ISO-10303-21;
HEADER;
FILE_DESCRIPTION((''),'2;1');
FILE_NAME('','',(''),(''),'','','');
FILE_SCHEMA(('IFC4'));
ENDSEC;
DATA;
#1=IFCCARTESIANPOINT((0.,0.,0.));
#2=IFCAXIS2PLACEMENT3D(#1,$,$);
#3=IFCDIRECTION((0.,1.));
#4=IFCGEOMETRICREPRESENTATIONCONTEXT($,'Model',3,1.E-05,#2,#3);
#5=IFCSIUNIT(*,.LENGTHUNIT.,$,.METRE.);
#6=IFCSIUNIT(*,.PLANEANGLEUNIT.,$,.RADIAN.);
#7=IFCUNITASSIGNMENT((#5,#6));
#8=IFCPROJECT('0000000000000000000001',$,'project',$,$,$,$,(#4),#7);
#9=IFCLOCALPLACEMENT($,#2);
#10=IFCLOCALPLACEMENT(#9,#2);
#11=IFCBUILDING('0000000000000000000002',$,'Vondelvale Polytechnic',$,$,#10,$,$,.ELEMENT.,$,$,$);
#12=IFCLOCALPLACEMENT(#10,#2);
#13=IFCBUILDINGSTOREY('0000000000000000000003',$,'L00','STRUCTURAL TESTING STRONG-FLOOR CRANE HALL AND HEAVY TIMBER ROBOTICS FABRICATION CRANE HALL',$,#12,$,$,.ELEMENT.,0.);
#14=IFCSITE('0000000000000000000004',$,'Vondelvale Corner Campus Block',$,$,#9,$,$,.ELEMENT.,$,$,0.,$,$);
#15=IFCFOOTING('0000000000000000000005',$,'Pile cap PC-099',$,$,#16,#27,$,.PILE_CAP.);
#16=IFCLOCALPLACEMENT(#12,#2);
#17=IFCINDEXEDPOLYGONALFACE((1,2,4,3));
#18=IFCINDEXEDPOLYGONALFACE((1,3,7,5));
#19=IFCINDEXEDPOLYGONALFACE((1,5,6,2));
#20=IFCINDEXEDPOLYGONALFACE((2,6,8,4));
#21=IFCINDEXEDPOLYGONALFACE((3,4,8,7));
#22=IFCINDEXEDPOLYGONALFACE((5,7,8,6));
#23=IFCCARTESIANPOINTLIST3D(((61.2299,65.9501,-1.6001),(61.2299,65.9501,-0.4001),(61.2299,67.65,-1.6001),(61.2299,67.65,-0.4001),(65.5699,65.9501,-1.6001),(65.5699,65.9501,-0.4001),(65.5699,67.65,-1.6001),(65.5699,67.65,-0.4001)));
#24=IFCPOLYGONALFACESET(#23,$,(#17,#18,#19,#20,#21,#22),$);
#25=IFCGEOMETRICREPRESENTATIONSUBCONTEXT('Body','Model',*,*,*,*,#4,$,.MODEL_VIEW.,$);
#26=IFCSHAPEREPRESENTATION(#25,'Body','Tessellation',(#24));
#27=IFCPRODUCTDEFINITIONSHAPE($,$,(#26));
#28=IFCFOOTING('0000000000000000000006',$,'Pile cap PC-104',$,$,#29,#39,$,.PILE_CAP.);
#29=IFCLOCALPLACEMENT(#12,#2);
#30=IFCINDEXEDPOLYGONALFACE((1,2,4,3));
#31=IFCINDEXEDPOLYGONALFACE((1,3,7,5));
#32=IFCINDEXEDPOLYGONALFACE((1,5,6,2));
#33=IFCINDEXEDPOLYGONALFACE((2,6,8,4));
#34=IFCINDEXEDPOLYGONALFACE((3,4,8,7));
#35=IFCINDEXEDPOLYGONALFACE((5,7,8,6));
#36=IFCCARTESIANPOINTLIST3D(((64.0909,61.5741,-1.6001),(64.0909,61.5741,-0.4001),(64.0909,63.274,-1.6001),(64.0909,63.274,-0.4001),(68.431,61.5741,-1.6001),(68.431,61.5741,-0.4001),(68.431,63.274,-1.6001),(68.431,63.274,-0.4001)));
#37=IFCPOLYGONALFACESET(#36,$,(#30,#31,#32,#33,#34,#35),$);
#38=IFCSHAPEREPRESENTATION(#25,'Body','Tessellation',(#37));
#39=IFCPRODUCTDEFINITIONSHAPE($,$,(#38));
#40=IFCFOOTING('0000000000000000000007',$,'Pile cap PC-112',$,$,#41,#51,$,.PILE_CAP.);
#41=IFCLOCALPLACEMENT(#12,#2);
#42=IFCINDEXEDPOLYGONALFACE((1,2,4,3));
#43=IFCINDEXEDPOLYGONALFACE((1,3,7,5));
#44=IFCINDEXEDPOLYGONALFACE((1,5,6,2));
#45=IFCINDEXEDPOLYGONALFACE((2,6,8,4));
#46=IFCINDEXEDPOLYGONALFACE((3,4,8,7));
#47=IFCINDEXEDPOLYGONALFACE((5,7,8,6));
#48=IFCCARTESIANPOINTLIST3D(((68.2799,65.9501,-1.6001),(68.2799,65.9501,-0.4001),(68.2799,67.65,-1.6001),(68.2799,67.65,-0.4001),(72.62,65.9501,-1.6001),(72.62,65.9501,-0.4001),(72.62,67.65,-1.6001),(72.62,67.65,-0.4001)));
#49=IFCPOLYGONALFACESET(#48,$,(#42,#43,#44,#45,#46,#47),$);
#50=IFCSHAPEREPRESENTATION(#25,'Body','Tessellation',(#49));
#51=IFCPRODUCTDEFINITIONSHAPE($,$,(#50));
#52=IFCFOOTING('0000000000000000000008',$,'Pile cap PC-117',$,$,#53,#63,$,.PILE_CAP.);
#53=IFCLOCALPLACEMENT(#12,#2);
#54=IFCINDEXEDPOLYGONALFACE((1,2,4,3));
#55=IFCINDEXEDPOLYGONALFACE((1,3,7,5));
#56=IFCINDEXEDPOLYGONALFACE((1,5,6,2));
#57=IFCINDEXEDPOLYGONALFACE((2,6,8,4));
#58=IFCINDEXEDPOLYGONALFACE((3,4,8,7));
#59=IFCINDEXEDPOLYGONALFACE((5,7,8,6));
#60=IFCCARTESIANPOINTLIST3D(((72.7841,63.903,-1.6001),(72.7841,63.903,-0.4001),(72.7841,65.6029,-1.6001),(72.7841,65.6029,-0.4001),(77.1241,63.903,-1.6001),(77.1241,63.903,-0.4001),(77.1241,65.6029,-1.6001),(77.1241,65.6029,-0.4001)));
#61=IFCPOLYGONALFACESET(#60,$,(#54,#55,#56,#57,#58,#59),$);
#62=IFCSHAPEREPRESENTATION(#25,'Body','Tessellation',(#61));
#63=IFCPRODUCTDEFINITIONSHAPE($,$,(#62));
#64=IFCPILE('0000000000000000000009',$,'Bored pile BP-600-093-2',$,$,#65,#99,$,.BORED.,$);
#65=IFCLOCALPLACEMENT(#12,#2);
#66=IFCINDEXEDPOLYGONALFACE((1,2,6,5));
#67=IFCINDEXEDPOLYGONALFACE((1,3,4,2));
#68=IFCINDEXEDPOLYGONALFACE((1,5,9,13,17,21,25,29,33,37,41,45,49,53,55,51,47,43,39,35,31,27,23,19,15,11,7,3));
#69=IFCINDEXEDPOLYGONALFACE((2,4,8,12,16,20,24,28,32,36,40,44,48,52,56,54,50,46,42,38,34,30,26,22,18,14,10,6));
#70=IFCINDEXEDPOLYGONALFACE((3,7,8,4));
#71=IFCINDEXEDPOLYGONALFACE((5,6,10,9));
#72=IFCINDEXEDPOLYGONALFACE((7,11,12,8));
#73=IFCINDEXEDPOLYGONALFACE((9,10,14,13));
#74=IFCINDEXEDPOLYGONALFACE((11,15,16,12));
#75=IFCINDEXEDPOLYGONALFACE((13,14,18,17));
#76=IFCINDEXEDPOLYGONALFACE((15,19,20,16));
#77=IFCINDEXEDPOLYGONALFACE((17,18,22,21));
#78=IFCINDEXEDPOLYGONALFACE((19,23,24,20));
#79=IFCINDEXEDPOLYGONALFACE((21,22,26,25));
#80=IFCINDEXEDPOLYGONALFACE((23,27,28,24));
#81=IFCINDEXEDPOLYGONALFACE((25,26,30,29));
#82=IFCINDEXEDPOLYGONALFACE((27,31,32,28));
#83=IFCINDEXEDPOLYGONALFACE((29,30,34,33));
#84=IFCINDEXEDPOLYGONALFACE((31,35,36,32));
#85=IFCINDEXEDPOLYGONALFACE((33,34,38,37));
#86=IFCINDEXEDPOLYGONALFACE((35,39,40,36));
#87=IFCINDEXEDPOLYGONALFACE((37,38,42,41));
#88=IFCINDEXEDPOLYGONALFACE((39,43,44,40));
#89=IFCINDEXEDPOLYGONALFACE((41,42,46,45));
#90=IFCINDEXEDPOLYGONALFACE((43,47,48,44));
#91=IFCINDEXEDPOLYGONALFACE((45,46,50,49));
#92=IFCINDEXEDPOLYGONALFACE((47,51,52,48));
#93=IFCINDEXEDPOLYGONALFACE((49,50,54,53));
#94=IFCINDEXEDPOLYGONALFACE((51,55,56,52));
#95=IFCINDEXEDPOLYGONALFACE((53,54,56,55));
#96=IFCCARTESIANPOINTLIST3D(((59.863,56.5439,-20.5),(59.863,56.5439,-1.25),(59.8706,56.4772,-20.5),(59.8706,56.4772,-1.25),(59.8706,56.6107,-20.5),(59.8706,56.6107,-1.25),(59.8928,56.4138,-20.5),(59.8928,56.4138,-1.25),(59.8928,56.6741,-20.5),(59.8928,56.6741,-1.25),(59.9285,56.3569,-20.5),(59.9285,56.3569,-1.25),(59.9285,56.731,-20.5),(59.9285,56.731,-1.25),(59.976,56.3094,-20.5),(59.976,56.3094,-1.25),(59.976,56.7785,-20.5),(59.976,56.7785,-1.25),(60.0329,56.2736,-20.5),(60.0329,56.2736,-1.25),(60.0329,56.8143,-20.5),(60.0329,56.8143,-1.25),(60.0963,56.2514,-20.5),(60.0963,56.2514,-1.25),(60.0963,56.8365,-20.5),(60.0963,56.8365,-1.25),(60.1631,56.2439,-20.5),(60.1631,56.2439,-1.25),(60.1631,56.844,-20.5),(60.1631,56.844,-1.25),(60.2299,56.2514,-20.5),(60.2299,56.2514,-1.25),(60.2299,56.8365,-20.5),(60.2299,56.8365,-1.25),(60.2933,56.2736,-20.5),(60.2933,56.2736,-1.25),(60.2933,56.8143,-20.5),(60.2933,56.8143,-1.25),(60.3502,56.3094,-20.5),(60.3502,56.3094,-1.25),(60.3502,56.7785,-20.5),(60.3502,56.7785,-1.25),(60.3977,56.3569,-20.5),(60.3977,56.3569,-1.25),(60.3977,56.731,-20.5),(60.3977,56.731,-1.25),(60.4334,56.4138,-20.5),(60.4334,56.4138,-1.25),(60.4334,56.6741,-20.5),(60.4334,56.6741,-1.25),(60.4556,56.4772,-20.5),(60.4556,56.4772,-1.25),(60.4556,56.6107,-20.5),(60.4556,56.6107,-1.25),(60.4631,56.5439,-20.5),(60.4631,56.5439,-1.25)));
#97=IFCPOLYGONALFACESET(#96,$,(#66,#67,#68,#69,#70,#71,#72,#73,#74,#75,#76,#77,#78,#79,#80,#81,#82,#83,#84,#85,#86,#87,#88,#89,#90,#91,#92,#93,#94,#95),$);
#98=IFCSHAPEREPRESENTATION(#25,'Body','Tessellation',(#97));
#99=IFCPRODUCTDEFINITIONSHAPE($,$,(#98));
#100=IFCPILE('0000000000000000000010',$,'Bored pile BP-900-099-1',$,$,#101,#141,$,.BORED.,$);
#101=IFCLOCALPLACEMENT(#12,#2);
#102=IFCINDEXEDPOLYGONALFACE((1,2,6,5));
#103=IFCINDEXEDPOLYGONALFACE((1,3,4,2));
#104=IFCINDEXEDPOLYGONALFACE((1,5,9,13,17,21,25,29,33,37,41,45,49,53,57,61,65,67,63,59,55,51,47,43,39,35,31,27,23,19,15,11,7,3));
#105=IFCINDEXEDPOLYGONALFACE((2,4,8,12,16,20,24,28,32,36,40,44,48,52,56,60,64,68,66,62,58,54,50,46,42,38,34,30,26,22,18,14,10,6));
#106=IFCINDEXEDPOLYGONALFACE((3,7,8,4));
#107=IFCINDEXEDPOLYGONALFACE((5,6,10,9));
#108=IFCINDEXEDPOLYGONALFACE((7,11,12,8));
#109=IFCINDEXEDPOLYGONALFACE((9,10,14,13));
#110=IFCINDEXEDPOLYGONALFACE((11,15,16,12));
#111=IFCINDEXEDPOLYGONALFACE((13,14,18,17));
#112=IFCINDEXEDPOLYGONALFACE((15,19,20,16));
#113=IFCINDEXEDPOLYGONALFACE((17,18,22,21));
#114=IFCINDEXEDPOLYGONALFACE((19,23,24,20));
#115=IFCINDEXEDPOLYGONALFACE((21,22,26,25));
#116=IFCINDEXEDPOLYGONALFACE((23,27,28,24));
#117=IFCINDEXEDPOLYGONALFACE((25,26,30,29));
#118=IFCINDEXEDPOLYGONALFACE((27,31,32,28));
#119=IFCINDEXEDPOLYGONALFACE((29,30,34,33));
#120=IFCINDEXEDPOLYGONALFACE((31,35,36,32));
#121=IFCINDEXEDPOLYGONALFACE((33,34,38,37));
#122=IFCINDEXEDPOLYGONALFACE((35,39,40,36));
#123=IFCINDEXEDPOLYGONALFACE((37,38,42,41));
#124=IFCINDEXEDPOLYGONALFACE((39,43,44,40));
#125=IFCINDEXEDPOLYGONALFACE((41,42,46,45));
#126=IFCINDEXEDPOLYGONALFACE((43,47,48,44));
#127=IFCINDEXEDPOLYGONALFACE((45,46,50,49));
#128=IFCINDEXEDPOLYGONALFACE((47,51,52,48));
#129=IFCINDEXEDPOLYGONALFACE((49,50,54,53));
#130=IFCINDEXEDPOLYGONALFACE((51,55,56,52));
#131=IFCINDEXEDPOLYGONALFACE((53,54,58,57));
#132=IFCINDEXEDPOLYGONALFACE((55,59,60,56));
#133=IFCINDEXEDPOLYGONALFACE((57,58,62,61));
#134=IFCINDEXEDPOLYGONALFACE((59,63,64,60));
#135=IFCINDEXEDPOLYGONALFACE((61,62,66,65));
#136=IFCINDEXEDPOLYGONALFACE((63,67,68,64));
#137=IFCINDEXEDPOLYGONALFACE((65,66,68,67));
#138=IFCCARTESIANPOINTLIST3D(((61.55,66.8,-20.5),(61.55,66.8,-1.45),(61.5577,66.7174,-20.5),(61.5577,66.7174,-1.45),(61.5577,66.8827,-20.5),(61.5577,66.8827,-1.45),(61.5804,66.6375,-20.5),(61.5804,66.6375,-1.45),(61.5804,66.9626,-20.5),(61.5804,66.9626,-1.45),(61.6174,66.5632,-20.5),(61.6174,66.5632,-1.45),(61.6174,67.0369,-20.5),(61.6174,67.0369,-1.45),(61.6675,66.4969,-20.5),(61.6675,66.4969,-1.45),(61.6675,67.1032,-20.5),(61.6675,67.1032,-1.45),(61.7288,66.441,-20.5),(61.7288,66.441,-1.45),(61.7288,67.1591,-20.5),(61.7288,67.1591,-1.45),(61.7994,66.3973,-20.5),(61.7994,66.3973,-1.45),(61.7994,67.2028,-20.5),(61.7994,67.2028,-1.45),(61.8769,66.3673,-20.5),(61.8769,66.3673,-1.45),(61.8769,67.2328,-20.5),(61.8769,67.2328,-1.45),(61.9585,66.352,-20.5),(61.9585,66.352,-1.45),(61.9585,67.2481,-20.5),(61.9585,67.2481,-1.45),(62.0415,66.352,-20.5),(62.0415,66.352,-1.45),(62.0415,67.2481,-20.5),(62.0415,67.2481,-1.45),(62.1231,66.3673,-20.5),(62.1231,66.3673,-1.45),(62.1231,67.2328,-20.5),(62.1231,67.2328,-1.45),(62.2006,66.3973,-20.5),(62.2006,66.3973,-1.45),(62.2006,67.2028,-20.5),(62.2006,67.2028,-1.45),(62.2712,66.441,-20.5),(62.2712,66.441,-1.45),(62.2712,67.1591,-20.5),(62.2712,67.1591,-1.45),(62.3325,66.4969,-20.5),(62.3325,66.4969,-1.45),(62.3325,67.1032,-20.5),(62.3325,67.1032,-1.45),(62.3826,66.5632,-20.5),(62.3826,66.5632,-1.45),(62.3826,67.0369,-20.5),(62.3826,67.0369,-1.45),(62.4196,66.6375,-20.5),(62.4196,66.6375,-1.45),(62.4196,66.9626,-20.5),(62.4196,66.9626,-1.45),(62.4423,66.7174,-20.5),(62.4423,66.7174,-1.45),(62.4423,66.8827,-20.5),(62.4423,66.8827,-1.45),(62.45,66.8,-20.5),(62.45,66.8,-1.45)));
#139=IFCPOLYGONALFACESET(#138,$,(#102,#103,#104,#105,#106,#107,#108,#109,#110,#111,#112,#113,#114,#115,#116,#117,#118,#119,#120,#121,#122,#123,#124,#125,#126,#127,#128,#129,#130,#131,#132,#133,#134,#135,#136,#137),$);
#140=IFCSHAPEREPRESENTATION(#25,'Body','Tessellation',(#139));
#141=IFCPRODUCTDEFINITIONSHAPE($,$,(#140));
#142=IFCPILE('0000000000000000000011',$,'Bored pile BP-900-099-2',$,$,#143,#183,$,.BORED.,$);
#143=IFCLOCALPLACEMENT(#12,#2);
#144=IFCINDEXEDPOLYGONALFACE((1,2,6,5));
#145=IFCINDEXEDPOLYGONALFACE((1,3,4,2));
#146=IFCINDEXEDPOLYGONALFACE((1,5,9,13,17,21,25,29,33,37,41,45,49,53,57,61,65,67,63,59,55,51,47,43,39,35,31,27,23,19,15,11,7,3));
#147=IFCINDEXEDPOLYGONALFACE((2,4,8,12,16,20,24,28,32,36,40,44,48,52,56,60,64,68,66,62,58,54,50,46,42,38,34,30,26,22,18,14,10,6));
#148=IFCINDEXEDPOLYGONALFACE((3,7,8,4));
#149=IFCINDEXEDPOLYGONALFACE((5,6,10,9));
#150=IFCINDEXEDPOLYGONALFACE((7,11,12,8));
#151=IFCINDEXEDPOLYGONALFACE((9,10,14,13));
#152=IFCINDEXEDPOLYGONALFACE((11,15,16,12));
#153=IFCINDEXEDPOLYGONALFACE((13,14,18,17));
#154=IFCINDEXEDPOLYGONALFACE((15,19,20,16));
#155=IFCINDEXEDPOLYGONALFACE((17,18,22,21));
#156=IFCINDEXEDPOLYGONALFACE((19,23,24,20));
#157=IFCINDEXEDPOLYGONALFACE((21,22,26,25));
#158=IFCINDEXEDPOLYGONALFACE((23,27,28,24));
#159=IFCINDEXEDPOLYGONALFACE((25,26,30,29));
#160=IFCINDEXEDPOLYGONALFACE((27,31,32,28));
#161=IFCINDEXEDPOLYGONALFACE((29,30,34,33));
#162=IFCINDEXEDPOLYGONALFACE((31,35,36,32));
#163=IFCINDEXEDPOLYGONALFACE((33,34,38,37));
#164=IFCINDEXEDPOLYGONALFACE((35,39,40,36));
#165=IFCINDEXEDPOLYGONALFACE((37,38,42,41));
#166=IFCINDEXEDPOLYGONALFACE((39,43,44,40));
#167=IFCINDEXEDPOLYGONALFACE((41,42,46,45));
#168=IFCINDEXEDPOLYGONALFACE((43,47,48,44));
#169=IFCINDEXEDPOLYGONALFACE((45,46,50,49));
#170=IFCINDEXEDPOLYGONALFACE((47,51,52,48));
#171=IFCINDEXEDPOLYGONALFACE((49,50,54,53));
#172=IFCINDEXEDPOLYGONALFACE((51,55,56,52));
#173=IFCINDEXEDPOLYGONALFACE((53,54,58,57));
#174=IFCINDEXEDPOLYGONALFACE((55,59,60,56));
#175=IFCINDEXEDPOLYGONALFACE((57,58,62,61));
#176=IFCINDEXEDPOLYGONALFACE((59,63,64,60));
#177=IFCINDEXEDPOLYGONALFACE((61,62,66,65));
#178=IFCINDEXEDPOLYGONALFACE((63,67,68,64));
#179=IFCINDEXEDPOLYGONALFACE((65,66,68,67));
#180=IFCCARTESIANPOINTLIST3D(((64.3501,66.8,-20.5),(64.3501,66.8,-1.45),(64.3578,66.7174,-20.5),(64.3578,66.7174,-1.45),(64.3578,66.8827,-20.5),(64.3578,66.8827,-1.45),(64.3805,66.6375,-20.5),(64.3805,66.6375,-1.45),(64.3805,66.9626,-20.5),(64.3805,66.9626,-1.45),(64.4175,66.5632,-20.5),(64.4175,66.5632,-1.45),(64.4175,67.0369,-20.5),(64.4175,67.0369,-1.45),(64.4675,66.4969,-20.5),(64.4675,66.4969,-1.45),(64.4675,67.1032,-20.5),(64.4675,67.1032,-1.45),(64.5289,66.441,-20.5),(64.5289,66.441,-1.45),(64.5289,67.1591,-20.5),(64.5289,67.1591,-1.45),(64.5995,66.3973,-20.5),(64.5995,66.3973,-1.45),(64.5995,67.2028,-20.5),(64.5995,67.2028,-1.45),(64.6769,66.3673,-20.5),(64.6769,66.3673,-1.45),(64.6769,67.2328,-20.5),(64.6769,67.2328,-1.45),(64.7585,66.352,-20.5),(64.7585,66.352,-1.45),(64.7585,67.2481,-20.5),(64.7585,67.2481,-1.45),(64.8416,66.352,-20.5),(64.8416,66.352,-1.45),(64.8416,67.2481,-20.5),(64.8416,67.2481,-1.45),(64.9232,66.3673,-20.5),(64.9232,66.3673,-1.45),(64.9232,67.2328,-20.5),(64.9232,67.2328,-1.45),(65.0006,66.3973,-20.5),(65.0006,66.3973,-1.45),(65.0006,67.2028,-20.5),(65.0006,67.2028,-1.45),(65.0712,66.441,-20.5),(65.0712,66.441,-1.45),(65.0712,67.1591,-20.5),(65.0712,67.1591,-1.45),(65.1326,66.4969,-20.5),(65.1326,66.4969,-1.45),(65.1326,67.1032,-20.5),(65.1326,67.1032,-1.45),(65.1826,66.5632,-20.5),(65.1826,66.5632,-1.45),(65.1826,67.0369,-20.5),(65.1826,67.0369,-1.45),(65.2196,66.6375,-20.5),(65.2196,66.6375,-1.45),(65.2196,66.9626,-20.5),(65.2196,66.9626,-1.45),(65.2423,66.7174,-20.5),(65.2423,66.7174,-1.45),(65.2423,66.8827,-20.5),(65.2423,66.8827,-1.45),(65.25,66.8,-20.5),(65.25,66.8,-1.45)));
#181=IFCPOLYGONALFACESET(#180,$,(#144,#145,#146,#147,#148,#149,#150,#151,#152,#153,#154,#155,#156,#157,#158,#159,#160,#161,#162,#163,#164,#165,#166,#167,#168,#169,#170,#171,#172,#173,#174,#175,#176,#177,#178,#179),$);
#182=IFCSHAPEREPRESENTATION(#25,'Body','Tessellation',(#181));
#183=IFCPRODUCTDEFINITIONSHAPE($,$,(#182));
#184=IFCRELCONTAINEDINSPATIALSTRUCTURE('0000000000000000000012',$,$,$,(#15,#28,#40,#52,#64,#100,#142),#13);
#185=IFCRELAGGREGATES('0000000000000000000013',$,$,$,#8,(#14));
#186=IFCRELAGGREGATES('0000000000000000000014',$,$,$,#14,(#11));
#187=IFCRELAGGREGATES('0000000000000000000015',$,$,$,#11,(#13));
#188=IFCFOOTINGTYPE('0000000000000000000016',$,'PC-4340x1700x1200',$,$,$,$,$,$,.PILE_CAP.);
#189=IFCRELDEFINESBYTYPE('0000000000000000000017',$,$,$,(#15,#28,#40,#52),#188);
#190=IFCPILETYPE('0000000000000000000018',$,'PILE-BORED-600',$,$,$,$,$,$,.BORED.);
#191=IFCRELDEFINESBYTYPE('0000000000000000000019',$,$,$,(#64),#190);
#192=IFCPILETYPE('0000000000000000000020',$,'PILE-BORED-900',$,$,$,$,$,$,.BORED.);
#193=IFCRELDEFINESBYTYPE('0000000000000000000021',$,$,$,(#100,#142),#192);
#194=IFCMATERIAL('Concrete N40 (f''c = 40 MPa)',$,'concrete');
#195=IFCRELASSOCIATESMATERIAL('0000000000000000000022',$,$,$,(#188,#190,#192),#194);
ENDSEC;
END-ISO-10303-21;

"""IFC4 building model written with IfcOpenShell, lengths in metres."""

from ifc_helpers import new_model, si_unit, direction, frame, origin, origin_2d, place, context, subcontext, project, spatial, rectangle, circle, extrude, material, material_profile, profile_set, type_object, element, save


model = new_model("IFC4")

# Units and contexts
model_context = context("Model", 3, precision=1e-05, world=origin(), true_north=direction((0.0, 1.0)))
body_context = subcontext(model_context, "Body", "Model", "MODEL_VIEW")
ifc_project = project(units=[si_unit("LENGTHUNIT", "METRE"), si_unit("PLANEANGLEUNIT", "RADIAN")], contexts=[model_context])

# Site, building, storey
site_placement = place(None, origin())
site = spatial("IfcSite", under=ifc_project, at=site_placement, Name="Vondelvale Corner Campus Block", CompositionType="ELEMENT", RefElevation=0.0)
building_placement = place(site_placement, origin())
building = spatial("IfcBuilding", under=site, at=building_placement, Name="Vondelvale Polytechnic", CompositionType="ELEMENT")
storey_placement = place(building_placement, origin())
storey = spatial("IfcBuildingStorey", under=building, at=storey_placement, Name="L00", Description="STRUCTURAL TESTING STRONG-FLOOR CRANE HALL AND HEAVY TIMBER ROBOTICS FABRICATION CRANE HALL", CompositionType="ELEMENT", Elevation=0.0)

# Footings
ifc_material_1 = material(Name="Concrete N40 (f'c = 40 MPa)", Category="concrete")
footing_type = type_object("IfcFootingType", Name="PC-4340x1700x1200", PredefinedType="PILE_CAP", material=ifc_material_1)
for number, where, z_axis, x_axis, name in (
    (1, (63.3999, 66.8, -1.6001), (0.0, 0.0, 1.0), (1.0, 0.0, 0.0), "Pile cap PC-099"),
    (2, (66.261, 62.4241, -1.6001), (0.0, 0.0, 1.0), (1.0, 0.0, 0.0), "Pile cap PC-104"),
    (3, (70.45, 66.8, -1.6001), (0.0, 0.0, 1.0), (1.0, 0.0, 0.0), "Pile cap PC-112"),
    (4, (74.9541, 64.7529, -1.6001), (0.0, 0.0, 1.0), (1.0, 0.0, 0.0), "Pile cap PC-117"),
):
    element("IfcFooting", number, at=place(storey_placement, frame(where, z_axis=z_axis, x_axis=x_axis)), inside=storey, type_object=footing_type, Name=name, PredefinedType="PILE_CAP", context=body_context, shape_type="SweptSolid", body=[
        extrude(rectangle(XDim=4.3401, YDim=1.7, at=origin_2d()), origin(), (0.0, 0.0, 1.0), 1.2),
    ])

# Piles
ifc_material_profile_1 = material_profile(ifc_material_1, circle(Radius=0.3, at=origin_2d()), Name="PILE-D600")
ifc_profile_set_1 = profile_set([ifc_material_profile_1], Name="Concrete N40 (f'c = 40 MPa)")
pile_type_1 = type_object("IfcPileType", Name="PILE-BORED-600", PredefinedType="BORED", material=ifc_profile_set_1)
pile_placement = place(storey_placement, frame((60.1631, 56.5439, -1.25), z_axis=(0.0, 0.0, -1.0), x_axis=(1.0, 0.0, 0.0)))
element("IfcPile", 5, at=pile_placement, inside=storey, type_object=pile_type_1, Name="Bored pile BP-600-093-2", PredefinedType="BORED", context=body_context, shape_type="SweptSolid", body=[
    extrude(circle(Radius=0.3, at=origin_2d()), origin(), (0.0, 0.0, 1.0), 19.25),
])
ifc_material_profile_2 = material_profile(ifc_material_1, circle(Radius=0.45, at=origin_2d()), Name="PILE-D900")
ifc_profile_set_2 = profile_set([ifc_material_profile_2], Name="Concrete N40 (f'c = 40 MPa)")
pile_type_2 = type_object("IfcPileType", Name="PILE-BORED-900", PredefinedType="BORED", material=ifc_profile_set_2)
for number, where, z_axis, x_axis, name in (
    (6, (62.0, 66.8, -1.45), (0.0, 0.0, -1.0), (1.0, 0.0, 0.0), "Bored pile BP-900-099-1"),
    (7, (64.8, 66.8, -1.45), (0.0, 0.0, -1.0), (1.0, 0.0, 0.0), "Bored pile BP-900-099-2"),
):
    element("IfcPile", number, at=place(storey_placement, frame(where, z_axis=z_axis, x_axis=x_axis)), inside=storey, type_object=pile_type_2, Name=name, PredefinedType="BORED", context=body_context, shape_type="SweptSolid", body=[
        extrude(circle(Radius=0.45, at=origin_2d()), origin(), (0.0, 0.0, 1.0), 19.05),
    ])

save(model, "model.ifc")
